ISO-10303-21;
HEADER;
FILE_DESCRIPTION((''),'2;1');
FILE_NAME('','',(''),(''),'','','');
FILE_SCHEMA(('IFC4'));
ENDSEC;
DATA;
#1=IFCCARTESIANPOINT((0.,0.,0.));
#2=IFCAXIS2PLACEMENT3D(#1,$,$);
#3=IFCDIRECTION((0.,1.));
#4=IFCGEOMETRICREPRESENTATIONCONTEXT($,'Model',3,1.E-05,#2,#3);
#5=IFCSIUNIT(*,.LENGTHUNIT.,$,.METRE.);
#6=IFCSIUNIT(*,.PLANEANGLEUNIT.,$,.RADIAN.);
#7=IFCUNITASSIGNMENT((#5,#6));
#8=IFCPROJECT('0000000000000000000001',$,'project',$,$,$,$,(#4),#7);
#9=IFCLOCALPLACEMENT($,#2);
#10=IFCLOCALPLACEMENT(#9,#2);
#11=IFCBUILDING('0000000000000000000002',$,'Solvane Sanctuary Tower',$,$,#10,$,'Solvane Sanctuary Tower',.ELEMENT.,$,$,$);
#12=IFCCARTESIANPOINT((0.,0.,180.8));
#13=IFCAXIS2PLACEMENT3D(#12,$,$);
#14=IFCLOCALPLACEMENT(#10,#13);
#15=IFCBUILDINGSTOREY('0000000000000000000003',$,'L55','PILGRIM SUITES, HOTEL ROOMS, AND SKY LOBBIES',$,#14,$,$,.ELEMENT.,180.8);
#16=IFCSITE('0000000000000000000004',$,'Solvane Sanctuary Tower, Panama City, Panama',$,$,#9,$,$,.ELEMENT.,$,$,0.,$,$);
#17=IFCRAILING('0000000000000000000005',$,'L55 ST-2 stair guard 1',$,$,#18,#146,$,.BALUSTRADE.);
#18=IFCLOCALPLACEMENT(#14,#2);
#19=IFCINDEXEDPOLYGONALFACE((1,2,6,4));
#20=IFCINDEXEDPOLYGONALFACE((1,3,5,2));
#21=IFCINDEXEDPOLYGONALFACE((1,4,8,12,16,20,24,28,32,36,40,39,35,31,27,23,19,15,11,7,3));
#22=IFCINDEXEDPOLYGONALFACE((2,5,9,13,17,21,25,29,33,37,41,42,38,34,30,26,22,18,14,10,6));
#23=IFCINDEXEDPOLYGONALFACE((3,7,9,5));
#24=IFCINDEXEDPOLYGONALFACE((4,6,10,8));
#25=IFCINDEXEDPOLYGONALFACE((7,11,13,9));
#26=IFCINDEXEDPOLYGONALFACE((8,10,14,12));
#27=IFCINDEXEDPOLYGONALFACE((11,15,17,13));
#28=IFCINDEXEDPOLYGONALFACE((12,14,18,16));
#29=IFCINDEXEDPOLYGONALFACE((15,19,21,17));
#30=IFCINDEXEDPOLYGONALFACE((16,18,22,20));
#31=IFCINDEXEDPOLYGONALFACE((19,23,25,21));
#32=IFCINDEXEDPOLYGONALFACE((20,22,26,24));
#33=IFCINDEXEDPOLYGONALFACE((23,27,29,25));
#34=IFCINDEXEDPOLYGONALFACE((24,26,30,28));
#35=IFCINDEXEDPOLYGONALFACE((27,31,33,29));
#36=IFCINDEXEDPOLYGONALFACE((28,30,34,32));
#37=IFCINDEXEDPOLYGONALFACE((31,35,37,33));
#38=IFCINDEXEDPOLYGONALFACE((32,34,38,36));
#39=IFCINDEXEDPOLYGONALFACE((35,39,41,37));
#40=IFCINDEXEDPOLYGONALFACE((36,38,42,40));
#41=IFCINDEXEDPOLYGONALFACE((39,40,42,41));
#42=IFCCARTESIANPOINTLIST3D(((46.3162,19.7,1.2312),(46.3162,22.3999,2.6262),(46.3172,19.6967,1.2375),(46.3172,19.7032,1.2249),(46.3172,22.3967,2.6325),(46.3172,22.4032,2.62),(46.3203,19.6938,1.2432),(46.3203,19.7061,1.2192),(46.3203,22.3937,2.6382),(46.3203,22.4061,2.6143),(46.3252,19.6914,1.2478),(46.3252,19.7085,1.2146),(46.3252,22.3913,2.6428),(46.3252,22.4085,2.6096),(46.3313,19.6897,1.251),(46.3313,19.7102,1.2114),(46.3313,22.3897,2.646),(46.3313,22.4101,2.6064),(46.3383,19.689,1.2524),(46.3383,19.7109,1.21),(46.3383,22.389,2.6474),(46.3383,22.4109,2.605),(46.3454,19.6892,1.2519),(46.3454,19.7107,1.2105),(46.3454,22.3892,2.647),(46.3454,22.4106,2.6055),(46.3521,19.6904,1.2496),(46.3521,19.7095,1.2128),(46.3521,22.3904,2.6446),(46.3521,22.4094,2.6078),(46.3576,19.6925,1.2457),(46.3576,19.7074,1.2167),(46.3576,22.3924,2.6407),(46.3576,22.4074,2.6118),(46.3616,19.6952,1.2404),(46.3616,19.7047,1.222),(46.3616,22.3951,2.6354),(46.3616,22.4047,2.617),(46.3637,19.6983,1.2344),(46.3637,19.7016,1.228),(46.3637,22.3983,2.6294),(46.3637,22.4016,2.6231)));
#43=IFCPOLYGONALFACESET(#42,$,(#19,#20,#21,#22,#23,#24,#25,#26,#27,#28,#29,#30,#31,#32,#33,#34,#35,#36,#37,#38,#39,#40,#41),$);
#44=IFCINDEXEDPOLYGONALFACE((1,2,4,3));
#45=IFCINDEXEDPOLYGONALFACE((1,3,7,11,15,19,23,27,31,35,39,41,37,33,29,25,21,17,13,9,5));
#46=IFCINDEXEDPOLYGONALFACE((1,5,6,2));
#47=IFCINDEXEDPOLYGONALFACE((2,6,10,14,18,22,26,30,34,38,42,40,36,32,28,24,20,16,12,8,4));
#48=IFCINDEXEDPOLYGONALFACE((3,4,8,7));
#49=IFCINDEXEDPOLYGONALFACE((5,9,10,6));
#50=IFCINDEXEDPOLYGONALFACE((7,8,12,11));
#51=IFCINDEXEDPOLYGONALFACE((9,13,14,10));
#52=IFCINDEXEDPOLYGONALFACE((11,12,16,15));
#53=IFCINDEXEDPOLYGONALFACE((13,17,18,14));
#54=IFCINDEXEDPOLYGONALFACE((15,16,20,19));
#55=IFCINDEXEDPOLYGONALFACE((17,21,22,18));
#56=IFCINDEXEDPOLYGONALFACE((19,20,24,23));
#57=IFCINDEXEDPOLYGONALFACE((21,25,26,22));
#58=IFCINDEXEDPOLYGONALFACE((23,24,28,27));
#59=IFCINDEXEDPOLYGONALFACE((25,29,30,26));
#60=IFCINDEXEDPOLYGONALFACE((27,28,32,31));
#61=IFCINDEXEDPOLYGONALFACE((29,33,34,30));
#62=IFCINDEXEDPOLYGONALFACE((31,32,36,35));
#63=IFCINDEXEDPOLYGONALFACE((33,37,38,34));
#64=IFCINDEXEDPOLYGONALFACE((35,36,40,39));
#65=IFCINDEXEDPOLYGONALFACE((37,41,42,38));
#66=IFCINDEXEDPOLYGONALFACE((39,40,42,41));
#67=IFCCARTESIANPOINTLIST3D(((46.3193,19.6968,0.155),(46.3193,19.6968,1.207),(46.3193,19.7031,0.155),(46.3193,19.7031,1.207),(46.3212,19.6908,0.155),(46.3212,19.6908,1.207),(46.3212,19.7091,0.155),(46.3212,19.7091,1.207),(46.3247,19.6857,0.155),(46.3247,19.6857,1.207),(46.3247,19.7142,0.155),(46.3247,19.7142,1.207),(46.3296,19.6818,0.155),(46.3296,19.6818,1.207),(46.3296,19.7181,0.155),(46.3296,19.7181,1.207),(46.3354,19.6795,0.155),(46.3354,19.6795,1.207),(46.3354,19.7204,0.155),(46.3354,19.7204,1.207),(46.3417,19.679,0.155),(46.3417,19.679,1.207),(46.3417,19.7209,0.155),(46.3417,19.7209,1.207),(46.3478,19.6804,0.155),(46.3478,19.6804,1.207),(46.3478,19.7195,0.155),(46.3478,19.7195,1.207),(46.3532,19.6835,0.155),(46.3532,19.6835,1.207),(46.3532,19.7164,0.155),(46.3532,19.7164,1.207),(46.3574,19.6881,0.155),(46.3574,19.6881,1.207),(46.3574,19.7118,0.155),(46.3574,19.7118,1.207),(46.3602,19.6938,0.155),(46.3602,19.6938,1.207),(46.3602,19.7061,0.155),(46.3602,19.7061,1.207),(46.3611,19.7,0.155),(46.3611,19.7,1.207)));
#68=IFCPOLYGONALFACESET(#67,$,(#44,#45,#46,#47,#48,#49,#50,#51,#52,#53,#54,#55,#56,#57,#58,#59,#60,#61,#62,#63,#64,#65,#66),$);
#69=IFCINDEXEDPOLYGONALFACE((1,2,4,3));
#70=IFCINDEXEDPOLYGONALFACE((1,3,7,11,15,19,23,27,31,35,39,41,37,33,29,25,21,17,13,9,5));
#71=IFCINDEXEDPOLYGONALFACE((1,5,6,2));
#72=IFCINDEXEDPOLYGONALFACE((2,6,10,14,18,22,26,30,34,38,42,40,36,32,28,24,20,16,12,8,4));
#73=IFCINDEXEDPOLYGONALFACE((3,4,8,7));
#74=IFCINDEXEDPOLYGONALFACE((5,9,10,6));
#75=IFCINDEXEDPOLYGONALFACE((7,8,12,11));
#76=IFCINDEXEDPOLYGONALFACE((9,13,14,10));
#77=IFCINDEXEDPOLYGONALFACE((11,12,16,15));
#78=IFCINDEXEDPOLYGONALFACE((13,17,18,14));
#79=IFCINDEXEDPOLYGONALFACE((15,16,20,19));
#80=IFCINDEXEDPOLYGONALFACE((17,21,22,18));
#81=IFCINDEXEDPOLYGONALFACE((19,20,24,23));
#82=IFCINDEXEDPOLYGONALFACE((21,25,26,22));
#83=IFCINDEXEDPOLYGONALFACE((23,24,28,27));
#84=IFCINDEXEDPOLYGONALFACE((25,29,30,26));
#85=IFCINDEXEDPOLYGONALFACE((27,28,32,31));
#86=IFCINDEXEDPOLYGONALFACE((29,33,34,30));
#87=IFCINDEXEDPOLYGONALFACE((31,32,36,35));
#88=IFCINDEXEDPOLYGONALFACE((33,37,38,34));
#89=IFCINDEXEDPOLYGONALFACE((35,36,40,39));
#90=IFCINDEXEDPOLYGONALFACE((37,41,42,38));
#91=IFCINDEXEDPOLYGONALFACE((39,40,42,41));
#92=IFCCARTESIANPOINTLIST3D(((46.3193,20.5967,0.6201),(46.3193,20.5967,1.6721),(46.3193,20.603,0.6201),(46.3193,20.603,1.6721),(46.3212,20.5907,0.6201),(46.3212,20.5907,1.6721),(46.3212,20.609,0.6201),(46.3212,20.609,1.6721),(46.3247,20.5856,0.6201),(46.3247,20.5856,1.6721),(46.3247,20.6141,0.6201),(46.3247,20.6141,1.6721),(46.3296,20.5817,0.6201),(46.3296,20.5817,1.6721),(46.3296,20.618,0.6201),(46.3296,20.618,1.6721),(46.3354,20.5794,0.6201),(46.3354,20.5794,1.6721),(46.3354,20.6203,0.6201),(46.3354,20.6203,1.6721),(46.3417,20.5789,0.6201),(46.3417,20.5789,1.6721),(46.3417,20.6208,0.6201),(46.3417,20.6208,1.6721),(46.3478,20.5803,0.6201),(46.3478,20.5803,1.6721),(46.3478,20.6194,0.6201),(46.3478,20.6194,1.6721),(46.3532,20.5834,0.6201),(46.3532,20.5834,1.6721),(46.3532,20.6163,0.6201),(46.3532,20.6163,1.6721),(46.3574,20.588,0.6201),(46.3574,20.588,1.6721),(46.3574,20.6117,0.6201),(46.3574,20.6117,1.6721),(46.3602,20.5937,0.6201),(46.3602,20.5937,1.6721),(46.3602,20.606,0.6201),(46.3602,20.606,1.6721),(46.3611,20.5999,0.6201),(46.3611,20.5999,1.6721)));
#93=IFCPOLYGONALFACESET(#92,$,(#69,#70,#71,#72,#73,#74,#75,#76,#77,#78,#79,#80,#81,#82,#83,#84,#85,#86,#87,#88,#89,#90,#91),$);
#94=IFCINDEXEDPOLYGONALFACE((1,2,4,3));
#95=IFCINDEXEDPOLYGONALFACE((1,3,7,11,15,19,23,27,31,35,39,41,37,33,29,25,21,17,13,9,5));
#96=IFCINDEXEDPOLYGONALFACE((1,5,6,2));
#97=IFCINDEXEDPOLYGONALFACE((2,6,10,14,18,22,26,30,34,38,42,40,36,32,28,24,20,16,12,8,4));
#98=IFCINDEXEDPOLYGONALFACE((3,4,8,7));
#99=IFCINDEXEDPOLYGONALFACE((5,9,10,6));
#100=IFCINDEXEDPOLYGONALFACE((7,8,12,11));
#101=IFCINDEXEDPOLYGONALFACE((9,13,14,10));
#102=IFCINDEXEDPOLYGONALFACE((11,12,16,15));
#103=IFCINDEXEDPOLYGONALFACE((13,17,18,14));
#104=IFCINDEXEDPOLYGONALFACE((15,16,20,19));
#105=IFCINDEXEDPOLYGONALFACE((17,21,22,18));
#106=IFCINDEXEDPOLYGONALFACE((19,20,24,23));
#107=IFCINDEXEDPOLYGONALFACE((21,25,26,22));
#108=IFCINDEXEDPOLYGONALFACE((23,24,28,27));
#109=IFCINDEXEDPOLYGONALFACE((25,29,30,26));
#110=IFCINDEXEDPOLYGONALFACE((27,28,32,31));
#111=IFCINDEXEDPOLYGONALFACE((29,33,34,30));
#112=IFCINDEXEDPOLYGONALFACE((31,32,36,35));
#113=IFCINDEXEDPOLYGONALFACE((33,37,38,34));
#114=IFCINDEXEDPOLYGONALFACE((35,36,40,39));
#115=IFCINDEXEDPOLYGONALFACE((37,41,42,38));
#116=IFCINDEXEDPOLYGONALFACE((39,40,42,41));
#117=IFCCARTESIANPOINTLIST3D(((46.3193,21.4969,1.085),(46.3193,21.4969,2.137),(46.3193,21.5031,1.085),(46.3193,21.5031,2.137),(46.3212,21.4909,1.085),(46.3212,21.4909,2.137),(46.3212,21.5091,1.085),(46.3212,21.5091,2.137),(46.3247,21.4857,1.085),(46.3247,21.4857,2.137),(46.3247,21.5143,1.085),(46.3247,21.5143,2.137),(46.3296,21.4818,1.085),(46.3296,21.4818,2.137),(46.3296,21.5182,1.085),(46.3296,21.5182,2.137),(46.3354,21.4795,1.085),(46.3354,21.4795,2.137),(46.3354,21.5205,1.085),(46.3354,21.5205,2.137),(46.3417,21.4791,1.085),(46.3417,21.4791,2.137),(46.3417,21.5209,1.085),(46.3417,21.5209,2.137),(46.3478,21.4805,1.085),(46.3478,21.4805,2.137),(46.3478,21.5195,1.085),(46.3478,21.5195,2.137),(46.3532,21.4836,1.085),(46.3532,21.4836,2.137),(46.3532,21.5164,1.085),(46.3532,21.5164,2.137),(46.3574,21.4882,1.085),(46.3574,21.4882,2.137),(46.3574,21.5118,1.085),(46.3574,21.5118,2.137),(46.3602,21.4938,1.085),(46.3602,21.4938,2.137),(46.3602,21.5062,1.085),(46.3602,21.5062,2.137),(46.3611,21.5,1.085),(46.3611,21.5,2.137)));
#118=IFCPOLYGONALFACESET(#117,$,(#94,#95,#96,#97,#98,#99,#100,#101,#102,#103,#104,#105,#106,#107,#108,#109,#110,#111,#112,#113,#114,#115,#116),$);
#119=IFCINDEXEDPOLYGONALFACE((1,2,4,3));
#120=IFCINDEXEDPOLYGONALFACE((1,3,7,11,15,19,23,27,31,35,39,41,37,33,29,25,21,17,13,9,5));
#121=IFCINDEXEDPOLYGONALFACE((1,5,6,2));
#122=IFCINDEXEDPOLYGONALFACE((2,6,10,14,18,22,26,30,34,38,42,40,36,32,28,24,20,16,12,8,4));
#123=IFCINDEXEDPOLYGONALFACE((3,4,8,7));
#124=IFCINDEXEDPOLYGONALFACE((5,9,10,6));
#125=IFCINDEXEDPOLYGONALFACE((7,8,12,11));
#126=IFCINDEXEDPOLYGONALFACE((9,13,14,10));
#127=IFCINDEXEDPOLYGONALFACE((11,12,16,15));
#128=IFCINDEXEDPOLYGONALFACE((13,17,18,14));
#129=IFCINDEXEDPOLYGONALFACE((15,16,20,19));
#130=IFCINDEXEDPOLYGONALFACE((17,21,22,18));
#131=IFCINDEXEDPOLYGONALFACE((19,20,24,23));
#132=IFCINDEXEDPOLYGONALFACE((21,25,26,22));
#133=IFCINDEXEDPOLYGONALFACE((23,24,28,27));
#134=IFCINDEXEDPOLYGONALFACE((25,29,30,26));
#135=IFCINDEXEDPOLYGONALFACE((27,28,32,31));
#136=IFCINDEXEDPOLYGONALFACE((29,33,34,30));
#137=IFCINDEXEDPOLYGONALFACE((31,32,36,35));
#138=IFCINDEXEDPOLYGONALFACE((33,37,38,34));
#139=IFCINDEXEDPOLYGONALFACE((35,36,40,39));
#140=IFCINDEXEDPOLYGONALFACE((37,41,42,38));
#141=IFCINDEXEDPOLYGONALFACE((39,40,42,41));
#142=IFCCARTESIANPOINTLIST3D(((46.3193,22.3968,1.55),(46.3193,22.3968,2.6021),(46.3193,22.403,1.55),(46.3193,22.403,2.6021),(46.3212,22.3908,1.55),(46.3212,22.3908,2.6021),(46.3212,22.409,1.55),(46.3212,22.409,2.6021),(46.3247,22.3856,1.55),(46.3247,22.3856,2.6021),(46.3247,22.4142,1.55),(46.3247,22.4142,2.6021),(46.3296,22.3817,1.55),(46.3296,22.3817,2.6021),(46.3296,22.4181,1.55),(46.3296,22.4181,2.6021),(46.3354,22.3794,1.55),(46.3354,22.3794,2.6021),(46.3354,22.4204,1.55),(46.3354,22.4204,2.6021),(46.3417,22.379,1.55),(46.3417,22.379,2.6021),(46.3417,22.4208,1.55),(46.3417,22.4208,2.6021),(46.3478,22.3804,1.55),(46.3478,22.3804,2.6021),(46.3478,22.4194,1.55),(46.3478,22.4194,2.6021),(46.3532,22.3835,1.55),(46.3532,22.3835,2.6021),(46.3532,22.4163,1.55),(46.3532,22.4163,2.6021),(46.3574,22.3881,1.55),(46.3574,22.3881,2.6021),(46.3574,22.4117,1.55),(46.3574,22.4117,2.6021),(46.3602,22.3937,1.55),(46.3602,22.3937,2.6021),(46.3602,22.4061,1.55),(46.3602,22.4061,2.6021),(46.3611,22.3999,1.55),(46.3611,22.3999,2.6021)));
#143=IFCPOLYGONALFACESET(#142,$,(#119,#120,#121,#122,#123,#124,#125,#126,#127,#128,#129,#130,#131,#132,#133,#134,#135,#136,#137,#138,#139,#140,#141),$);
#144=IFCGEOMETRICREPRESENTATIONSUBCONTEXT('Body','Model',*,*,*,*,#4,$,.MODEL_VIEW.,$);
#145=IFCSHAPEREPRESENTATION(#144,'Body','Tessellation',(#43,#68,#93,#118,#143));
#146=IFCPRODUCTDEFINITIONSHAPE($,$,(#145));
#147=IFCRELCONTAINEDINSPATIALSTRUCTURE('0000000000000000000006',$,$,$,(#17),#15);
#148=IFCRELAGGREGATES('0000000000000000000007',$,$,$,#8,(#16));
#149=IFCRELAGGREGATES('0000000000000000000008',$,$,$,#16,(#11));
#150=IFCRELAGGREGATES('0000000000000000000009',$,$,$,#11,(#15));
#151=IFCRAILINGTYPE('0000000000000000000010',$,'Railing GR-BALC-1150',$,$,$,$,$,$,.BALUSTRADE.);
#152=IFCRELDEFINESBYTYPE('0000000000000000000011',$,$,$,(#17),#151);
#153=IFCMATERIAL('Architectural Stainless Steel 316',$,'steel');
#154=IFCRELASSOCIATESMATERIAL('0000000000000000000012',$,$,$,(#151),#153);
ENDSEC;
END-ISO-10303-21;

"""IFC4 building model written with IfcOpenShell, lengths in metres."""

from ifc_helpers import new_model, si_unit, direction, frame, origin, origin_2d, place, context, subcontext, project, spatial, circle, extrude, material, type_object, element, save


model = new_model("IFC4")

# Units and contexts
model_context = context("Model", 3, precision=1e-05, world=origin(), true_north=direction((0.0, 1.0)))
body_context = subcontext(model_context, "Body", "Model", "MODEL_VIEW")
ifc_project = project(units=[si_unit("LENGTHUNIT", "METRE"), si_unit("PLANEANGLEUNIT", "RADIAN")], contexts=[model_context])

# Site, building, storey
site_placement = place(None, origin())
site = spatial("IfcSite", under=ifc_project, at=site_placement, Name="Solvane Sanctuary Tower, Panama City, Panama", CompositionType="ELEMENT", RefElevation=0.0)
building_placement = place(site_placement, origin())
building = spatial("IfcBuilding", under=site, at=building_placement, Name="Solvane Sanctuary Tower", LongName="Solvane Sanctuary Tower", CompositionType="ELEMENT")
storey_placement = place(building_placement, frame((0.0, 0.0, 180.8)))
storey = spatial("IfcBuildingStorey", under=building, at=storey_placement, Name="L55", Description="PILGRIM SUITES, HOTEL ROOMS, AND SKY LOBBIES", CompositionType="ELEMENT", Elevation=180.8)

# Shared definitions
ifc_material_1 = material(Name="Architectural Stainless Steel 316", Category="steel")

# Railing
railing_type_1 = type_object("IfcRailingType", Name="Railing GR-BALC-1150", PredefinedType="BALUSTRADE", material=ifc_material_1)
railing_1_placement = place(storey_placement, frame((46.3401, 19.7, 0.155)))
element("IfcRailing", 1, at=railing_1_placement, inside=storey, type_object=railing_type_1, Name="L55 ST-2 stair guard 1", PredefinedType="BALUSTRADE", context=body_context, shape_type="SweptSolid", body=[
    extrude(circle(Radius=0.0239, at=origin_2d()), frame((0.0, 0.0, 1.0762), z_axis=(0.0, 0.88842, 0.459032), x_axis=(-1.0, 0.0, 0.0)), (0.0, 0.0, 1.0), 3.0391),
    extrude(circle(Radius=0.021, at=origin_2d()), origin(), (0.0, 0.0, 1.0), 1.052),
    extrude(circle(Radius=0.021, at=origin_2d()), frame((0.0, 0.8999, 0.4651)), (0.0, 0.0, 1.0), 1.052),
    extrude(circle(Radius=0.021, at=origin_2d()), frame((0.0, 1.8, 0.9299)), (0.0, 0.0, 1.0), 1.052),
    extrude(circle(Radius=0.021, at=origin_2d()), frame((0.0, 2.7, 1.395)), (0.0, 0.0, 1.0), 1.052),
])

save(model, "model.ifc")
